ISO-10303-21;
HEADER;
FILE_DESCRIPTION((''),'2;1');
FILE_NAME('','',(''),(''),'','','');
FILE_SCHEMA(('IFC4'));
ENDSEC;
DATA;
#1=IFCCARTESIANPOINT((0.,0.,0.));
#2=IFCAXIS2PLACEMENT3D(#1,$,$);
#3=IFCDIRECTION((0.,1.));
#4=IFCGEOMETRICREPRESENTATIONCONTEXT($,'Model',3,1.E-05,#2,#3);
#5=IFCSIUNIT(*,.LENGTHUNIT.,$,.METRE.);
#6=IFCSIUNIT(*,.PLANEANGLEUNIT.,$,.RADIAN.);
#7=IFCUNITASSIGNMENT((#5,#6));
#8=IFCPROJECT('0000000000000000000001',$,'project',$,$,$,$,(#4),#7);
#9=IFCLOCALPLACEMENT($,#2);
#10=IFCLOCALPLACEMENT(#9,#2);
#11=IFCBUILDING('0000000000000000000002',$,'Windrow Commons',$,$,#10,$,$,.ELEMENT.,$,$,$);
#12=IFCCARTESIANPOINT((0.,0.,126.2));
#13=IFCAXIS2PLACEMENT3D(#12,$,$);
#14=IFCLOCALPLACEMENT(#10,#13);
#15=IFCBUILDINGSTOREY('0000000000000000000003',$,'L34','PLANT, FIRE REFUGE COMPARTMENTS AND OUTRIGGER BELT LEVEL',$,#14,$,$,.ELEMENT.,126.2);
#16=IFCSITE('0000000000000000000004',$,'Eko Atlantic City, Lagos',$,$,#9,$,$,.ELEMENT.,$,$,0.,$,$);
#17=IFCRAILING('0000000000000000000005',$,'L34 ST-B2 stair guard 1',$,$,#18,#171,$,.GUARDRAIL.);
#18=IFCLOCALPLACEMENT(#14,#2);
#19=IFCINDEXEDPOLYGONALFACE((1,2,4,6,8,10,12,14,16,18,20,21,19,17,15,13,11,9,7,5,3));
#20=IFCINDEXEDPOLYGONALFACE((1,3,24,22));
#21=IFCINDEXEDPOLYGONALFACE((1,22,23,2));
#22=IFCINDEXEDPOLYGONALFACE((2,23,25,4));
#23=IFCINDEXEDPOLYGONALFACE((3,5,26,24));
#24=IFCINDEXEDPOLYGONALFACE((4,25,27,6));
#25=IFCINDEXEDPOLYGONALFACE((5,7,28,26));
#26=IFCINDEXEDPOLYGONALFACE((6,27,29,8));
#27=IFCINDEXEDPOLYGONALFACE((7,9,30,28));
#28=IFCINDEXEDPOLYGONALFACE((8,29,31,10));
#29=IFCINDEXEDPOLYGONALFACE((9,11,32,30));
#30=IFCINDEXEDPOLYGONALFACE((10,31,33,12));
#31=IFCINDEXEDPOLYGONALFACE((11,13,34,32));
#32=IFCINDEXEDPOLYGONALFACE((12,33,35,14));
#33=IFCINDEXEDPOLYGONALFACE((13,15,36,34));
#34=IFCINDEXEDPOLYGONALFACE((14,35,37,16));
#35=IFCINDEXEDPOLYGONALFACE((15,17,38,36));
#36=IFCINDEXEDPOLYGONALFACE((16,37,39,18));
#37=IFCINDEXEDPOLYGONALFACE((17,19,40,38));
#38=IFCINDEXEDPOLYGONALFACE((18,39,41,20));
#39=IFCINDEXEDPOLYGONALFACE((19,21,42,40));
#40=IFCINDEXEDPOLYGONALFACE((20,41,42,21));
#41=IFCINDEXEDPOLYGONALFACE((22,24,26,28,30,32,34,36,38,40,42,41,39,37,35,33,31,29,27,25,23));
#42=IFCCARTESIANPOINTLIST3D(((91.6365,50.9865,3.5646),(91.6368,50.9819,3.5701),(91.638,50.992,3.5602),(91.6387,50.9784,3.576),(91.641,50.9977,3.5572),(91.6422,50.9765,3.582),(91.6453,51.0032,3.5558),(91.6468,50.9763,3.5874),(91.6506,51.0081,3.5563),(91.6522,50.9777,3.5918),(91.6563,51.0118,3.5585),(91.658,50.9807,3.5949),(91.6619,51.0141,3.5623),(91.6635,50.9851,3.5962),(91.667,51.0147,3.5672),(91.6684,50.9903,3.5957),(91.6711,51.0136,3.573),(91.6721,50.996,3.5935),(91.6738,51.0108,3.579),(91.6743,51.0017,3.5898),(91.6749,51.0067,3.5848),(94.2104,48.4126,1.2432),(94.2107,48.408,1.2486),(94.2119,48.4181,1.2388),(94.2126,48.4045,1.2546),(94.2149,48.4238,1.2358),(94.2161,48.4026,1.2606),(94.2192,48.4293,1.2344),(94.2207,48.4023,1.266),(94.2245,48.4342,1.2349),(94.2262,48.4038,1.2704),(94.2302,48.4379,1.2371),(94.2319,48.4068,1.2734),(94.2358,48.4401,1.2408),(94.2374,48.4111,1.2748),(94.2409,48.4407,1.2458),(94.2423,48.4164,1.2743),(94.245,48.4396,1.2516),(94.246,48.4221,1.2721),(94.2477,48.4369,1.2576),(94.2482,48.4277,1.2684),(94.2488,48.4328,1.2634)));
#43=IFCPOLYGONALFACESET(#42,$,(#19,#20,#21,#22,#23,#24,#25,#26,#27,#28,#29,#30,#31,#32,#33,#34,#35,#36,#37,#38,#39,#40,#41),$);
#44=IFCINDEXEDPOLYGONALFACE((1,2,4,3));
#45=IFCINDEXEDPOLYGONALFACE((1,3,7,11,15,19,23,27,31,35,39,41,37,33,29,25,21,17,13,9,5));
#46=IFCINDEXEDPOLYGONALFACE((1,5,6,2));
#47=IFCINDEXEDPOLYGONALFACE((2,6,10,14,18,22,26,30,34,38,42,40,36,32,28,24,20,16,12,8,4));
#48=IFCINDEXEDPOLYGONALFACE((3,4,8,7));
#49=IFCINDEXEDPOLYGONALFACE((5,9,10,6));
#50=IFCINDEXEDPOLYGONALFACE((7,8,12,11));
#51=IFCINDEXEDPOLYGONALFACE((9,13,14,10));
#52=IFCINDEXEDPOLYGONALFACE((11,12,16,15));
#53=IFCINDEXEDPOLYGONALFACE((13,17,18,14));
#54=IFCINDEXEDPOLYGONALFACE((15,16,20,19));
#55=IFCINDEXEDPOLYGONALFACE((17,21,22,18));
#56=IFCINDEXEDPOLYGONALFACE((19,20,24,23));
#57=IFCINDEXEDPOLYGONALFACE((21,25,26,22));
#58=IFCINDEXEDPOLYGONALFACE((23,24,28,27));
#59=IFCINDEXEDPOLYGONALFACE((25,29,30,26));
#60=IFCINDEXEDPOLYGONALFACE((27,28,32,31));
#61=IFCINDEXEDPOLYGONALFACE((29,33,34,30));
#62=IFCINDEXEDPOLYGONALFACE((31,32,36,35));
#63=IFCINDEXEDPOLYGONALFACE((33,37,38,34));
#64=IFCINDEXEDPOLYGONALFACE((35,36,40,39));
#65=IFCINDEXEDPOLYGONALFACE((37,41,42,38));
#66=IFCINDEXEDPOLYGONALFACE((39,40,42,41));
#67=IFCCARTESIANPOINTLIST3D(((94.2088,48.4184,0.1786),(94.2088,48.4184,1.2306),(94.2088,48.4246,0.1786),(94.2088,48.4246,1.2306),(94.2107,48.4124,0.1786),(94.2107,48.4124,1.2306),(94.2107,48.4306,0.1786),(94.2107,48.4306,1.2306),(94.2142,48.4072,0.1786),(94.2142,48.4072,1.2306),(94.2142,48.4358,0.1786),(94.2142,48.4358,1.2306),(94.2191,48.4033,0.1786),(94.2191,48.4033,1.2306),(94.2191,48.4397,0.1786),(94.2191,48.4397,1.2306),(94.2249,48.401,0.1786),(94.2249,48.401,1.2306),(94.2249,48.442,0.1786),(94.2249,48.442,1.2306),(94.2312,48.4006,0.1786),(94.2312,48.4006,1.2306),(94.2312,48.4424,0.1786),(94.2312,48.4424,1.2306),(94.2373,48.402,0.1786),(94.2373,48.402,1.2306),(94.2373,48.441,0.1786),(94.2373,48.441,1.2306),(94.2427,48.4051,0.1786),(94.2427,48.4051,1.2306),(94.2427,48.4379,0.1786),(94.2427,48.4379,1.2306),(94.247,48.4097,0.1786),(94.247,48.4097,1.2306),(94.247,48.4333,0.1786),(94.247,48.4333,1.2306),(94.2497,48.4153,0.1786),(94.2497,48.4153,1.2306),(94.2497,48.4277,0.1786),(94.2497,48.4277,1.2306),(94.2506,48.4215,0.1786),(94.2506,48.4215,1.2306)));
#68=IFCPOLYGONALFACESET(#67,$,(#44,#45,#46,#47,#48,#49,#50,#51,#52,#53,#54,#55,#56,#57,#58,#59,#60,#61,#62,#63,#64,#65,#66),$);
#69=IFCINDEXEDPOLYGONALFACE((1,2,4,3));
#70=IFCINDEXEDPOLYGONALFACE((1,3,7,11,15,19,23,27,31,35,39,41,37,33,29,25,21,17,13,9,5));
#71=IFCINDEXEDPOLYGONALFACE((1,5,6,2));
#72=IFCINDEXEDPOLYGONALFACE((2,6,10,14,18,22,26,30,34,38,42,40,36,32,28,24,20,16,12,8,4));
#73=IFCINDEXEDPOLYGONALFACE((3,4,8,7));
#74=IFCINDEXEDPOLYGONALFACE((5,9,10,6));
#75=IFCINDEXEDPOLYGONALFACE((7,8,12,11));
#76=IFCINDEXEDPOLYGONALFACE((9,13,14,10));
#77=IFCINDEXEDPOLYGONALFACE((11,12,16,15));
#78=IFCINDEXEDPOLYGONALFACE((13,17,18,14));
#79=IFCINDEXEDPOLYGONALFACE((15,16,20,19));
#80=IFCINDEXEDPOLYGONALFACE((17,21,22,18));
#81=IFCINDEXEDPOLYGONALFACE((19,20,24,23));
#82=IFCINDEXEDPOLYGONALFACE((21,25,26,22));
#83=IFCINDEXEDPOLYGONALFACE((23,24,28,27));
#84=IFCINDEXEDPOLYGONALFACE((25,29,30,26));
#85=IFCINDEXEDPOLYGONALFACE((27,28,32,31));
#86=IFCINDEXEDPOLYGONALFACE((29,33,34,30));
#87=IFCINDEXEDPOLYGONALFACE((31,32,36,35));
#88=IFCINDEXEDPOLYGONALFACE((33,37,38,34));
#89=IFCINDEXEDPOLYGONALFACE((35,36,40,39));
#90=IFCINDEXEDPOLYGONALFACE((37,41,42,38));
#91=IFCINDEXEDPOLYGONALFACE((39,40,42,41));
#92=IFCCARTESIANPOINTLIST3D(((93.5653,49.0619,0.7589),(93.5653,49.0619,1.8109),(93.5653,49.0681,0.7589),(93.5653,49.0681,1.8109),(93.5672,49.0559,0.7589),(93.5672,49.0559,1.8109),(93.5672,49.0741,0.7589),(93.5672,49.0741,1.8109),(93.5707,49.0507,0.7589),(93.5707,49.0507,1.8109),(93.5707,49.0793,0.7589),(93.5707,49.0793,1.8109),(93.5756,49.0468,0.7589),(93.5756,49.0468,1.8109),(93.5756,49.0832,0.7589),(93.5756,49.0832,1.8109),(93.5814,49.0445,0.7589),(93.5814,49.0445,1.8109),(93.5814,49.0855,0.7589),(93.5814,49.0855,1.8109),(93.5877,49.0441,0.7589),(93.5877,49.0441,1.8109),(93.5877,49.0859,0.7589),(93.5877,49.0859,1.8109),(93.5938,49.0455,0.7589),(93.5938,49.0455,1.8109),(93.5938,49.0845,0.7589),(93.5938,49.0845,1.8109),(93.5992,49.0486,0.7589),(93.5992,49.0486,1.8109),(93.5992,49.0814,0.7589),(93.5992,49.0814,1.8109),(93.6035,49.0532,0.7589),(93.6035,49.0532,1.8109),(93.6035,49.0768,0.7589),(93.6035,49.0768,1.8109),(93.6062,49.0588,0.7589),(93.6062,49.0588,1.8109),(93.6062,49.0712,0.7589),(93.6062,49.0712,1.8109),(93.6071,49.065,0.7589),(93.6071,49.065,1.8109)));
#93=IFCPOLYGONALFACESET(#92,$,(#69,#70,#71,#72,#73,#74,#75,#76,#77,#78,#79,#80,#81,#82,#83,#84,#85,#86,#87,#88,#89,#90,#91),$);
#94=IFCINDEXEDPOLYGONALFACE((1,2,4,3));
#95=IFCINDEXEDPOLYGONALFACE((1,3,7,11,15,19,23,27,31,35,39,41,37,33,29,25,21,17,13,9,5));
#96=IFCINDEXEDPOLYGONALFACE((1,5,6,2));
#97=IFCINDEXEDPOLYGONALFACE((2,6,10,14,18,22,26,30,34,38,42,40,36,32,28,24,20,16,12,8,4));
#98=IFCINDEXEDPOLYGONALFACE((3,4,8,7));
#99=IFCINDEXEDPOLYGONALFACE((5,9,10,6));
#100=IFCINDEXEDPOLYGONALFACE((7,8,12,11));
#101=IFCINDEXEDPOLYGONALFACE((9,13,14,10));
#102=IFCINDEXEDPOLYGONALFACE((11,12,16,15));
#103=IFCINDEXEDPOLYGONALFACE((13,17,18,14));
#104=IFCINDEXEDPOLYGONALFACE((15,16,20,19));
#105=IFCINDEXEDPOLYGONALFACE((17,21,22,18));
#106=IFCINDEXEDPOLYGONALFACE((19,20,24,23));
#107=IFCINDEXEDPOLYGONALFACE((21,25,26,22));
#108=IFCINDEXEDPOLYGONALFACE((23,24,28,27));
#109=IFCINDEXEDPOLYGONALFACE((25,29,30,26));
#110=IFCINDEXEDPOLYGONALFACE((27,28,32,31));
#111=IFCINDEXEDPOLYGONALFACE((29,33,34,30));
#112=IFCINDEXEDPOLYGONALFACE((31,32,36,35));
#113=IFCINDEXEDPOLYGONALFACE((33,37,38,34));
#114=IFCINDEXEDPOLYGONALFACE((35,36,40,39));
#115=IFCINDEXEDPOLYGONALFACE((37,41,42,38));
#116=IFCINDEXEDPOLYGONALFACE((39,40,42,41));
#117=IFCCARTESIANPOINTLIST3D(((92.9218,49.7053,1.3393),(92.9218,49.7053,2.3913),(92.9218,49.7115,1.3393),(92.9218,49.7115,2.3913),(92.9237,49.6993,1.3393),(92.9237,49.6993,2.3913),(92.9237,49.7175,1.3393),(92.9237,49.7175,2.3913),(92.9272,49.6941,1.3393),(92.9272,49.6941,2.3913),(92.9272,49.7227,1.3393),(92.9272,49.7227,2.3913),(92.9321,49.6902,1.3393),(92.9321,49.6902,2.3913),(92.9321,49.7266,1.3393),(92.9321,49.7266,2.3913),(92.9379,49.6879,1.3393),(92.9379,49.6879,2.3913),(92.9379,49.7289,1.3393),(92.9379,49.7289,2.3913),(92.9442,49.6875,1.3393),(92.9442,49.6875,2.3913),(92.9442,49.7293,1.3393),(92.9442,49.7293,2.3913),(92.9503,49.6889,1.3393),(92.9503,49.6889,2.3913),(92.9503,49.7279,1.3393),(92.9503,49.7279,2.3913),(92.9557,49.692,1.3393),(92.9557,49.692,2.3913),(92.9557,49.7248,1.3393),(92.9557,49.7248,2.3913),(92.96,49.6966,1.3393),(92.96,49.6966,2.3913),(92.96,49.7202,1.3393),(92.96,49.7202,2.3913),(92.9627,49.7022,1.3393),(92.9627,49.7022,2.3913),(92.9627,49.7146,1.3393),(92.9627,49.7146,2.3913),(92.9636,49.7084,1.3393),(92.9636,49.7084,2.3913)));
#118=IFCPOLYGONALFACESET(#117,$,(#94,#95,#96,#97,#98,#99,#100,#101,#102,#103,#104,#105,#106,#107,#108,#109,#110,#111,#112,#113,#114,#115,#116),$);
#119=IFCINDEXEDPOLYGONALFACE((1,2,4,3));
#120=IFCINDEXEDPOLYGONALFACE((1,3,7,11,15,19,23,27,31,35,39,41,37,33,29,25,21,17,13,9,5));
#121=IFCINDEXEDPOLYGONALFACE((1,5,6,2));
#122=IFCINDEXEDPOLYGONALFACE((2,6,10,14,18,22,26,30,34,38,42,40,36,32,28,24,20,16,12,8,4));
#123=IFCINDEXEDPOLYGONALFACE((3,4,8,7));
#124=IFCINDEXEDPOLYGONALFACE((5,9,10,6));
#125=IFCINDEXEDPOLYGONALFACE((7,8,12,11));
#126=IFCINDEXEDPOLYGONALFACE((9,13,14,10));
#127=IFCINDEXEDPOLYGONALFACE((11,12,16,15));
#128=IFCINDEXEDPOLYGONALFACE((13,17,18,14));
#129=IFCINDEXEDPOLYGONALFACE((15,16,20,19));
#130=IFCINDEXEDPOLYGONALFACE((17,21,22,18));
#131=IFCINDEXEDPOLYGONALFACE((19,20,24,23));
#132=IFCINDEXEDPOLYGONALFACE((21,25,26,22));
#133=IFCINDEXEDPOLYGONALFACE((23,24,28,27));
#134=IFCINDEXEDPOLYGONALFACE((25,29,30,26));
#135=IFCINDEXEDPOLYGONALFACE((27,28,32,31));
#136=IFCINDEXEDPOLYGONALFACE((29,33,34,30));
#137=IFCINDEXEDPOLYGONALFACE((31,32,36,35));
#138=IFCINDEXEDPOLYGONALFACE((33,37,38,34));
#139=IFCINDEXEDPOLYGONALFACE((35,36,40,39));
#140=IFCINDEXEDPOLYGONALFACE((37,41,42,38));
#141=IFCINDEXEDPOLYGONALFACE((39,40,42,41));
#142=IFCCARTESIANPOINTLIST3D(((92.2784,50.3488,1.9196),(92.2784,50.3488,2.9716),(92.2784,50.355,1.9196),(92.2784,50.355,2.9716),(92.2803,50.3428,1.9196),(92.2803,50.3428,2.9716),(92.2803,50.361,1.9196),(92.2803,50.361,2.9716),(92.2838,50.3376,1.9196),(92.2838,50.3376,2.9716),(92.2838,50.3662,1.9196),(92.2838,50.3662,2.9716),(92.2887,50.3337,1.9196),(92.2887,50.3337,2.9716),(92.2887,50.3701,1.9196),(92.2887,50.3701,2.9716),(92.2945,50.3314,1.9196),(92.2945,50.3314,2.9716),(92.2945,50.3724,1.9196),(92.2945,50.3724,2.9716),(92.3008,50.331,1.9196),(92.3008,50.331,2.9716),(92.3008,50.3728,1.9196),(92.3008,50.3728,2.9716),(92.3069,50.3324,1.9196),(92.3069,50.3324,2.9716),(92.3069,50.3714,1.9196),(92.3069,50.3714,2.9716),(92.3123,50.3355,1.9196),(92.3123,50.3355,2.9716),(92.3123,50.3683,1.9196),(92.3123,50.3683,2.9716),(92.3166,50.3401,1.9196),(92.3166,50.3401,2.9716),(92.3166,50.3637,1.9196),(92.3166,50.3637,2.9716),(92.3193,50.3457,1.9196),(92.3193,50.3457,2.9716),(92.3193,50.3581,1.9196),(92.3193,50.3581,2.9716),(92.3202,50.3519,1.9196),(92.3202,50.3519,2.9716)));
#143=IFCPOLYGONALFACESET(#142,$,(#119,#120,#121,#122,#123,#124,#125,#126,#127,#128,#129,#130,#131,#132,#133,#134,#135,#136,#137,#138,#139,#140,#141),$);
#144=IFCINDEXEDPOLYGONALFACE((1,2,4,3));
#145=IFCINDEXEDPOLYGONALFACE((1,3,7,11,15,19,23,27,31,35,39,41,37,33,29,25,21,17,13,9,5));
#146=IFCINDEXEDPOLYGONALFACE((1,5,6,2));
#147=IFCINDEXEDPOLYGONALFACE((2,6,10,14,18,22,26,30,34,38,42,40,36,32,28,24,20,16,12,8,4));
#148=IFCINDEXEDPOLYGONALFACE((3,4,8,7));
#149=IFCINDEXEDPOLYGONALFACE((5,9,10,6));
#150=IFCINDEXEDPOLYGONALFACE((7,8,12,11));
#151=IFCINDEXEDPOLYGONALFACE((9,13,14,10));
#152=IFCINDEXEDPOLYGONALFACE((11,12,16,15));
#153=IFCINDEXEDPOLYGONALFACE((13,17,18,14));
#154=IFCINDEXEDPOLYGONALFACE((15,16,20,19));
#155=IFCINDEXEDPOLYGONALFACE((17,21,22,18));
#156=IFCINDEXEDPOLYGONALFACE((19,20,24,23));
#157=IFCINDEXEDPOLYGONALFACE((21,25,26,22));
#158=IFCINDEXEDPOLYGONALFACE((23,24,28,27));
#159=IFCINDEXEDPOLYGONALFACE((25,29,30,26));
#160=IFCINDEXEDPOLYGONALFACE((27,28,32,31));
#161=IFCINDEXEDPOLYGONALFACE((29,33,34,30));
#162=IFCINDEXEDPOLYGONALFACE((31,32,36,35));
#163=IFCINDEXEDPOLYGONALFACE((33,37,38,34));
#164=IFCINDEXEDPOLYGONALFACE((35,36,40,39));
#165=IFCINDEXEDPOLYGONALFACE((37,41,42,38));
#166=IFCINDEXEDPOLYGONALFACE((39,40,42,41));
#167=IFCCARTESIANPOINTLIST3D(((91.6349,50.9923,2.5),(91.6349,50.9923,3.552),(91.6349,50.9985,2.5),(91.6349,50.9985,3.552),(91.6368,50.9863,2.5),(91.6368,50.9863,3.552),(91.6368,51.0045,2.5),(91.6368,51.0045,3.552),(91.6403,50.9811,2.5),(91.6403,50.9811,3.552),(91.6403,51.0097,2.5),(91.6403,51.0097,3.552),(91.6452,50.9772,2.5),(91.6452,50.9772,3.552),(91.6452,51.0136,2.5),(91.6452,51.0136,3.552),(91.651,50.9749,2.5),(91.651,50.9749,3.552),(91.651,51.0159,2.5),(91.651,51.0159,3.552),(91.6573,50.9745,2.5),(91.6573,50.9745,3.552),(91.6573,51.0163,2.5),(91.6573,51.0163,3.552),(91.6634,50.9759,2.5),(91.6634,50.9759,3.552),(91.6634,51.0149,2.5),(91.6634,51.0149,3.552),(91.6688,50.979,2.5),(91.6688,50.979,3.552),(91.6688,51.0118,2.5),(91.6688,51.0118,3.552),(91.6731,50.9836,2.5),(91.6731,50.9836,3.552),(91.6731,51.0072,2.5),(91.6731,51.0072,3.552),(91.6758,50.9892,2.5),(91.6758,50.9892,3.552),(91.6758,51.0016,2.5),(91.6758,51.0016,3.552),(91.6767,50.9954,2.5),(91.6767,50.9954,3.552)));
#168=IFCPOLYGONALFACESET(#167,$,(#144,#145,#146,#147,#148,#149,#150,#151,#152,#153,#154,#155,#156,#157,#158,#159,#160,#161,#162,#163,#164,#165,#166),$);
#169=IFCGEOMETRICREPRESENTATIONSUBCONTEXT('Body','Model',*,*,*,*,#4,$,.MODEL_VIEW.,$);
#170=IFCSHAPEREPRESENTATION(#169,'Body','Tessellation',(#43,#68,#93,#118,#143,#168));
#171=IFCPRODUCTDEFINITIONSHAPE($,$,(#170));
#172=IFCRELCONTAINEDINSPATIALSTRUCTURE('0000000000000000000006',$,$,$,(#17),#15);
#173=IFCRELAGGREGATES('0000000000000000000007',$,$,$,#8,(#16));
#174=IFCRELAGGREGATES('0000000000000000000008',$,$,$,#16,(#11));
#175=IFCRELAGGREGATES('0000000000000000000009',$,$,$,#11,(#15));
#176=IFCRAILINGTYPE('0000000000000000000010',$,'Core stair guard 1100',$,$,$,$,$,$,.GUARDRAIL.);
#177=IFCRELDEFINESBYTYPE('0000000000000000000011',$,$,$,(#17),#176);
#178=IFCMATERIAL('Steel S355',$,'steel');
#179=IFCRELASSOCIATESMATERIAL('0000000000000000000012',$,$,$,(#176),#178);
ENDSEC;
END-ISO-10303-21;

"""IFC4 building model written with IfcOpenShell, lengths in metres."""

from ifc_helpers import new_model, si_unit, direction, frame, origin, origin_2d, place, context, subcontext, project, spatial, circle, extrude, material, type_object, element, save


model = new_model("IFC4")

# Units and contexts
model_context = context("Model", 3, precision=1e-05, world=origin(), true_north=direction((0.0, 1.0)))
body_context = subcontext(model_context, "Body", "Model", "MODEL_VIEW")
ifc_project = project(units=[si_unit("LENGTHUNIT", "METRE"), si_unit("PLANEANGLEUNIT", "RADIAN")], contexts=[model_context])

# Site, building, storey
site_placement = place(None, origin())
site = spatial("IfcSite", under=ifc_project, at=site_placement, Name="Eko Atlantic City, Lagos", CompositionType="ELEMENT", RefElevation=0.0)
building_placement = place(site_placement, origin())
building = spatial("IfcBuilding", under=site, at=building_placement, Name="Windrow Commons", CompositionType="ELEMENT")
storey_placement = place(building_placement, frame((0.0, 0.0, 126.2)))
storey = spatial("IfcBuildingStorey", under=building, at=storey_placement, Name="L34", Description="PLANT, FIRE REFUGE COMPARTMENTS AND OUTRIGGER BELT LEVEL", CompositionType="ELEMENT", Elevation=126.2)

# Railing
ifc_material_1 = material(Name="Steel S355", Category="steel")
railing_type_1 = type_object("IfcRailingType", Name="Core stair guard 1100", PredefinedType="GUARDRAIL", material=ifc_material_1)
railing_1_placement = place(storey_placement, frame((94.2296, 48.4215, 0.1786)))
element("IfcRailing", 1, at=railing_1_placement, inside=storey, type_object=railing_type_1, Name="L34 ST-B2 stair guard 1", PredefinedType="GUARDRAIL", context=body_context, shape_type="SweptSolid", body=[
    extrude(circle(Radius=0.024, at=origin_2d()), frame((0.0, 0.0, 1.076), z_axis=(-0.596187, 0.596187, 0.537701), x_axis=(-0.707107, -0.707107, 0.0)), (0.0, 0.0, 1.0), 4.3173),
    extrude(circle(Radius=0.021, at=origin_2d()), origin(), (0.0, 0.0, 1.0), 1.052),
    extrude(circle(Radius=0.021, at=origin_2d()), frame((-0.6435, 0.6435, 0.5803)), (0.0, 0.0, 1.0), 1.052),
    extrude(circle(Radius=0.021, at=origin_2d()), frame((-1.287, 1.2869, 1.1607)), (0.0, 0.0, 1.0), 1.052),
    extrude(circle(Radius=0.021, at=origin_2d()), frame((-1.9304, 1.9304, 1.741)), (0.0, 0.0, 1.0), 1.052),
    extrude(circle(Radius=0.021, at=origin_2d()), frame((-2.5739, 2.5739, 2.3214)), (0.0, 0.0, 1.0), 1.052),
])

save(model, "model.ifc")
